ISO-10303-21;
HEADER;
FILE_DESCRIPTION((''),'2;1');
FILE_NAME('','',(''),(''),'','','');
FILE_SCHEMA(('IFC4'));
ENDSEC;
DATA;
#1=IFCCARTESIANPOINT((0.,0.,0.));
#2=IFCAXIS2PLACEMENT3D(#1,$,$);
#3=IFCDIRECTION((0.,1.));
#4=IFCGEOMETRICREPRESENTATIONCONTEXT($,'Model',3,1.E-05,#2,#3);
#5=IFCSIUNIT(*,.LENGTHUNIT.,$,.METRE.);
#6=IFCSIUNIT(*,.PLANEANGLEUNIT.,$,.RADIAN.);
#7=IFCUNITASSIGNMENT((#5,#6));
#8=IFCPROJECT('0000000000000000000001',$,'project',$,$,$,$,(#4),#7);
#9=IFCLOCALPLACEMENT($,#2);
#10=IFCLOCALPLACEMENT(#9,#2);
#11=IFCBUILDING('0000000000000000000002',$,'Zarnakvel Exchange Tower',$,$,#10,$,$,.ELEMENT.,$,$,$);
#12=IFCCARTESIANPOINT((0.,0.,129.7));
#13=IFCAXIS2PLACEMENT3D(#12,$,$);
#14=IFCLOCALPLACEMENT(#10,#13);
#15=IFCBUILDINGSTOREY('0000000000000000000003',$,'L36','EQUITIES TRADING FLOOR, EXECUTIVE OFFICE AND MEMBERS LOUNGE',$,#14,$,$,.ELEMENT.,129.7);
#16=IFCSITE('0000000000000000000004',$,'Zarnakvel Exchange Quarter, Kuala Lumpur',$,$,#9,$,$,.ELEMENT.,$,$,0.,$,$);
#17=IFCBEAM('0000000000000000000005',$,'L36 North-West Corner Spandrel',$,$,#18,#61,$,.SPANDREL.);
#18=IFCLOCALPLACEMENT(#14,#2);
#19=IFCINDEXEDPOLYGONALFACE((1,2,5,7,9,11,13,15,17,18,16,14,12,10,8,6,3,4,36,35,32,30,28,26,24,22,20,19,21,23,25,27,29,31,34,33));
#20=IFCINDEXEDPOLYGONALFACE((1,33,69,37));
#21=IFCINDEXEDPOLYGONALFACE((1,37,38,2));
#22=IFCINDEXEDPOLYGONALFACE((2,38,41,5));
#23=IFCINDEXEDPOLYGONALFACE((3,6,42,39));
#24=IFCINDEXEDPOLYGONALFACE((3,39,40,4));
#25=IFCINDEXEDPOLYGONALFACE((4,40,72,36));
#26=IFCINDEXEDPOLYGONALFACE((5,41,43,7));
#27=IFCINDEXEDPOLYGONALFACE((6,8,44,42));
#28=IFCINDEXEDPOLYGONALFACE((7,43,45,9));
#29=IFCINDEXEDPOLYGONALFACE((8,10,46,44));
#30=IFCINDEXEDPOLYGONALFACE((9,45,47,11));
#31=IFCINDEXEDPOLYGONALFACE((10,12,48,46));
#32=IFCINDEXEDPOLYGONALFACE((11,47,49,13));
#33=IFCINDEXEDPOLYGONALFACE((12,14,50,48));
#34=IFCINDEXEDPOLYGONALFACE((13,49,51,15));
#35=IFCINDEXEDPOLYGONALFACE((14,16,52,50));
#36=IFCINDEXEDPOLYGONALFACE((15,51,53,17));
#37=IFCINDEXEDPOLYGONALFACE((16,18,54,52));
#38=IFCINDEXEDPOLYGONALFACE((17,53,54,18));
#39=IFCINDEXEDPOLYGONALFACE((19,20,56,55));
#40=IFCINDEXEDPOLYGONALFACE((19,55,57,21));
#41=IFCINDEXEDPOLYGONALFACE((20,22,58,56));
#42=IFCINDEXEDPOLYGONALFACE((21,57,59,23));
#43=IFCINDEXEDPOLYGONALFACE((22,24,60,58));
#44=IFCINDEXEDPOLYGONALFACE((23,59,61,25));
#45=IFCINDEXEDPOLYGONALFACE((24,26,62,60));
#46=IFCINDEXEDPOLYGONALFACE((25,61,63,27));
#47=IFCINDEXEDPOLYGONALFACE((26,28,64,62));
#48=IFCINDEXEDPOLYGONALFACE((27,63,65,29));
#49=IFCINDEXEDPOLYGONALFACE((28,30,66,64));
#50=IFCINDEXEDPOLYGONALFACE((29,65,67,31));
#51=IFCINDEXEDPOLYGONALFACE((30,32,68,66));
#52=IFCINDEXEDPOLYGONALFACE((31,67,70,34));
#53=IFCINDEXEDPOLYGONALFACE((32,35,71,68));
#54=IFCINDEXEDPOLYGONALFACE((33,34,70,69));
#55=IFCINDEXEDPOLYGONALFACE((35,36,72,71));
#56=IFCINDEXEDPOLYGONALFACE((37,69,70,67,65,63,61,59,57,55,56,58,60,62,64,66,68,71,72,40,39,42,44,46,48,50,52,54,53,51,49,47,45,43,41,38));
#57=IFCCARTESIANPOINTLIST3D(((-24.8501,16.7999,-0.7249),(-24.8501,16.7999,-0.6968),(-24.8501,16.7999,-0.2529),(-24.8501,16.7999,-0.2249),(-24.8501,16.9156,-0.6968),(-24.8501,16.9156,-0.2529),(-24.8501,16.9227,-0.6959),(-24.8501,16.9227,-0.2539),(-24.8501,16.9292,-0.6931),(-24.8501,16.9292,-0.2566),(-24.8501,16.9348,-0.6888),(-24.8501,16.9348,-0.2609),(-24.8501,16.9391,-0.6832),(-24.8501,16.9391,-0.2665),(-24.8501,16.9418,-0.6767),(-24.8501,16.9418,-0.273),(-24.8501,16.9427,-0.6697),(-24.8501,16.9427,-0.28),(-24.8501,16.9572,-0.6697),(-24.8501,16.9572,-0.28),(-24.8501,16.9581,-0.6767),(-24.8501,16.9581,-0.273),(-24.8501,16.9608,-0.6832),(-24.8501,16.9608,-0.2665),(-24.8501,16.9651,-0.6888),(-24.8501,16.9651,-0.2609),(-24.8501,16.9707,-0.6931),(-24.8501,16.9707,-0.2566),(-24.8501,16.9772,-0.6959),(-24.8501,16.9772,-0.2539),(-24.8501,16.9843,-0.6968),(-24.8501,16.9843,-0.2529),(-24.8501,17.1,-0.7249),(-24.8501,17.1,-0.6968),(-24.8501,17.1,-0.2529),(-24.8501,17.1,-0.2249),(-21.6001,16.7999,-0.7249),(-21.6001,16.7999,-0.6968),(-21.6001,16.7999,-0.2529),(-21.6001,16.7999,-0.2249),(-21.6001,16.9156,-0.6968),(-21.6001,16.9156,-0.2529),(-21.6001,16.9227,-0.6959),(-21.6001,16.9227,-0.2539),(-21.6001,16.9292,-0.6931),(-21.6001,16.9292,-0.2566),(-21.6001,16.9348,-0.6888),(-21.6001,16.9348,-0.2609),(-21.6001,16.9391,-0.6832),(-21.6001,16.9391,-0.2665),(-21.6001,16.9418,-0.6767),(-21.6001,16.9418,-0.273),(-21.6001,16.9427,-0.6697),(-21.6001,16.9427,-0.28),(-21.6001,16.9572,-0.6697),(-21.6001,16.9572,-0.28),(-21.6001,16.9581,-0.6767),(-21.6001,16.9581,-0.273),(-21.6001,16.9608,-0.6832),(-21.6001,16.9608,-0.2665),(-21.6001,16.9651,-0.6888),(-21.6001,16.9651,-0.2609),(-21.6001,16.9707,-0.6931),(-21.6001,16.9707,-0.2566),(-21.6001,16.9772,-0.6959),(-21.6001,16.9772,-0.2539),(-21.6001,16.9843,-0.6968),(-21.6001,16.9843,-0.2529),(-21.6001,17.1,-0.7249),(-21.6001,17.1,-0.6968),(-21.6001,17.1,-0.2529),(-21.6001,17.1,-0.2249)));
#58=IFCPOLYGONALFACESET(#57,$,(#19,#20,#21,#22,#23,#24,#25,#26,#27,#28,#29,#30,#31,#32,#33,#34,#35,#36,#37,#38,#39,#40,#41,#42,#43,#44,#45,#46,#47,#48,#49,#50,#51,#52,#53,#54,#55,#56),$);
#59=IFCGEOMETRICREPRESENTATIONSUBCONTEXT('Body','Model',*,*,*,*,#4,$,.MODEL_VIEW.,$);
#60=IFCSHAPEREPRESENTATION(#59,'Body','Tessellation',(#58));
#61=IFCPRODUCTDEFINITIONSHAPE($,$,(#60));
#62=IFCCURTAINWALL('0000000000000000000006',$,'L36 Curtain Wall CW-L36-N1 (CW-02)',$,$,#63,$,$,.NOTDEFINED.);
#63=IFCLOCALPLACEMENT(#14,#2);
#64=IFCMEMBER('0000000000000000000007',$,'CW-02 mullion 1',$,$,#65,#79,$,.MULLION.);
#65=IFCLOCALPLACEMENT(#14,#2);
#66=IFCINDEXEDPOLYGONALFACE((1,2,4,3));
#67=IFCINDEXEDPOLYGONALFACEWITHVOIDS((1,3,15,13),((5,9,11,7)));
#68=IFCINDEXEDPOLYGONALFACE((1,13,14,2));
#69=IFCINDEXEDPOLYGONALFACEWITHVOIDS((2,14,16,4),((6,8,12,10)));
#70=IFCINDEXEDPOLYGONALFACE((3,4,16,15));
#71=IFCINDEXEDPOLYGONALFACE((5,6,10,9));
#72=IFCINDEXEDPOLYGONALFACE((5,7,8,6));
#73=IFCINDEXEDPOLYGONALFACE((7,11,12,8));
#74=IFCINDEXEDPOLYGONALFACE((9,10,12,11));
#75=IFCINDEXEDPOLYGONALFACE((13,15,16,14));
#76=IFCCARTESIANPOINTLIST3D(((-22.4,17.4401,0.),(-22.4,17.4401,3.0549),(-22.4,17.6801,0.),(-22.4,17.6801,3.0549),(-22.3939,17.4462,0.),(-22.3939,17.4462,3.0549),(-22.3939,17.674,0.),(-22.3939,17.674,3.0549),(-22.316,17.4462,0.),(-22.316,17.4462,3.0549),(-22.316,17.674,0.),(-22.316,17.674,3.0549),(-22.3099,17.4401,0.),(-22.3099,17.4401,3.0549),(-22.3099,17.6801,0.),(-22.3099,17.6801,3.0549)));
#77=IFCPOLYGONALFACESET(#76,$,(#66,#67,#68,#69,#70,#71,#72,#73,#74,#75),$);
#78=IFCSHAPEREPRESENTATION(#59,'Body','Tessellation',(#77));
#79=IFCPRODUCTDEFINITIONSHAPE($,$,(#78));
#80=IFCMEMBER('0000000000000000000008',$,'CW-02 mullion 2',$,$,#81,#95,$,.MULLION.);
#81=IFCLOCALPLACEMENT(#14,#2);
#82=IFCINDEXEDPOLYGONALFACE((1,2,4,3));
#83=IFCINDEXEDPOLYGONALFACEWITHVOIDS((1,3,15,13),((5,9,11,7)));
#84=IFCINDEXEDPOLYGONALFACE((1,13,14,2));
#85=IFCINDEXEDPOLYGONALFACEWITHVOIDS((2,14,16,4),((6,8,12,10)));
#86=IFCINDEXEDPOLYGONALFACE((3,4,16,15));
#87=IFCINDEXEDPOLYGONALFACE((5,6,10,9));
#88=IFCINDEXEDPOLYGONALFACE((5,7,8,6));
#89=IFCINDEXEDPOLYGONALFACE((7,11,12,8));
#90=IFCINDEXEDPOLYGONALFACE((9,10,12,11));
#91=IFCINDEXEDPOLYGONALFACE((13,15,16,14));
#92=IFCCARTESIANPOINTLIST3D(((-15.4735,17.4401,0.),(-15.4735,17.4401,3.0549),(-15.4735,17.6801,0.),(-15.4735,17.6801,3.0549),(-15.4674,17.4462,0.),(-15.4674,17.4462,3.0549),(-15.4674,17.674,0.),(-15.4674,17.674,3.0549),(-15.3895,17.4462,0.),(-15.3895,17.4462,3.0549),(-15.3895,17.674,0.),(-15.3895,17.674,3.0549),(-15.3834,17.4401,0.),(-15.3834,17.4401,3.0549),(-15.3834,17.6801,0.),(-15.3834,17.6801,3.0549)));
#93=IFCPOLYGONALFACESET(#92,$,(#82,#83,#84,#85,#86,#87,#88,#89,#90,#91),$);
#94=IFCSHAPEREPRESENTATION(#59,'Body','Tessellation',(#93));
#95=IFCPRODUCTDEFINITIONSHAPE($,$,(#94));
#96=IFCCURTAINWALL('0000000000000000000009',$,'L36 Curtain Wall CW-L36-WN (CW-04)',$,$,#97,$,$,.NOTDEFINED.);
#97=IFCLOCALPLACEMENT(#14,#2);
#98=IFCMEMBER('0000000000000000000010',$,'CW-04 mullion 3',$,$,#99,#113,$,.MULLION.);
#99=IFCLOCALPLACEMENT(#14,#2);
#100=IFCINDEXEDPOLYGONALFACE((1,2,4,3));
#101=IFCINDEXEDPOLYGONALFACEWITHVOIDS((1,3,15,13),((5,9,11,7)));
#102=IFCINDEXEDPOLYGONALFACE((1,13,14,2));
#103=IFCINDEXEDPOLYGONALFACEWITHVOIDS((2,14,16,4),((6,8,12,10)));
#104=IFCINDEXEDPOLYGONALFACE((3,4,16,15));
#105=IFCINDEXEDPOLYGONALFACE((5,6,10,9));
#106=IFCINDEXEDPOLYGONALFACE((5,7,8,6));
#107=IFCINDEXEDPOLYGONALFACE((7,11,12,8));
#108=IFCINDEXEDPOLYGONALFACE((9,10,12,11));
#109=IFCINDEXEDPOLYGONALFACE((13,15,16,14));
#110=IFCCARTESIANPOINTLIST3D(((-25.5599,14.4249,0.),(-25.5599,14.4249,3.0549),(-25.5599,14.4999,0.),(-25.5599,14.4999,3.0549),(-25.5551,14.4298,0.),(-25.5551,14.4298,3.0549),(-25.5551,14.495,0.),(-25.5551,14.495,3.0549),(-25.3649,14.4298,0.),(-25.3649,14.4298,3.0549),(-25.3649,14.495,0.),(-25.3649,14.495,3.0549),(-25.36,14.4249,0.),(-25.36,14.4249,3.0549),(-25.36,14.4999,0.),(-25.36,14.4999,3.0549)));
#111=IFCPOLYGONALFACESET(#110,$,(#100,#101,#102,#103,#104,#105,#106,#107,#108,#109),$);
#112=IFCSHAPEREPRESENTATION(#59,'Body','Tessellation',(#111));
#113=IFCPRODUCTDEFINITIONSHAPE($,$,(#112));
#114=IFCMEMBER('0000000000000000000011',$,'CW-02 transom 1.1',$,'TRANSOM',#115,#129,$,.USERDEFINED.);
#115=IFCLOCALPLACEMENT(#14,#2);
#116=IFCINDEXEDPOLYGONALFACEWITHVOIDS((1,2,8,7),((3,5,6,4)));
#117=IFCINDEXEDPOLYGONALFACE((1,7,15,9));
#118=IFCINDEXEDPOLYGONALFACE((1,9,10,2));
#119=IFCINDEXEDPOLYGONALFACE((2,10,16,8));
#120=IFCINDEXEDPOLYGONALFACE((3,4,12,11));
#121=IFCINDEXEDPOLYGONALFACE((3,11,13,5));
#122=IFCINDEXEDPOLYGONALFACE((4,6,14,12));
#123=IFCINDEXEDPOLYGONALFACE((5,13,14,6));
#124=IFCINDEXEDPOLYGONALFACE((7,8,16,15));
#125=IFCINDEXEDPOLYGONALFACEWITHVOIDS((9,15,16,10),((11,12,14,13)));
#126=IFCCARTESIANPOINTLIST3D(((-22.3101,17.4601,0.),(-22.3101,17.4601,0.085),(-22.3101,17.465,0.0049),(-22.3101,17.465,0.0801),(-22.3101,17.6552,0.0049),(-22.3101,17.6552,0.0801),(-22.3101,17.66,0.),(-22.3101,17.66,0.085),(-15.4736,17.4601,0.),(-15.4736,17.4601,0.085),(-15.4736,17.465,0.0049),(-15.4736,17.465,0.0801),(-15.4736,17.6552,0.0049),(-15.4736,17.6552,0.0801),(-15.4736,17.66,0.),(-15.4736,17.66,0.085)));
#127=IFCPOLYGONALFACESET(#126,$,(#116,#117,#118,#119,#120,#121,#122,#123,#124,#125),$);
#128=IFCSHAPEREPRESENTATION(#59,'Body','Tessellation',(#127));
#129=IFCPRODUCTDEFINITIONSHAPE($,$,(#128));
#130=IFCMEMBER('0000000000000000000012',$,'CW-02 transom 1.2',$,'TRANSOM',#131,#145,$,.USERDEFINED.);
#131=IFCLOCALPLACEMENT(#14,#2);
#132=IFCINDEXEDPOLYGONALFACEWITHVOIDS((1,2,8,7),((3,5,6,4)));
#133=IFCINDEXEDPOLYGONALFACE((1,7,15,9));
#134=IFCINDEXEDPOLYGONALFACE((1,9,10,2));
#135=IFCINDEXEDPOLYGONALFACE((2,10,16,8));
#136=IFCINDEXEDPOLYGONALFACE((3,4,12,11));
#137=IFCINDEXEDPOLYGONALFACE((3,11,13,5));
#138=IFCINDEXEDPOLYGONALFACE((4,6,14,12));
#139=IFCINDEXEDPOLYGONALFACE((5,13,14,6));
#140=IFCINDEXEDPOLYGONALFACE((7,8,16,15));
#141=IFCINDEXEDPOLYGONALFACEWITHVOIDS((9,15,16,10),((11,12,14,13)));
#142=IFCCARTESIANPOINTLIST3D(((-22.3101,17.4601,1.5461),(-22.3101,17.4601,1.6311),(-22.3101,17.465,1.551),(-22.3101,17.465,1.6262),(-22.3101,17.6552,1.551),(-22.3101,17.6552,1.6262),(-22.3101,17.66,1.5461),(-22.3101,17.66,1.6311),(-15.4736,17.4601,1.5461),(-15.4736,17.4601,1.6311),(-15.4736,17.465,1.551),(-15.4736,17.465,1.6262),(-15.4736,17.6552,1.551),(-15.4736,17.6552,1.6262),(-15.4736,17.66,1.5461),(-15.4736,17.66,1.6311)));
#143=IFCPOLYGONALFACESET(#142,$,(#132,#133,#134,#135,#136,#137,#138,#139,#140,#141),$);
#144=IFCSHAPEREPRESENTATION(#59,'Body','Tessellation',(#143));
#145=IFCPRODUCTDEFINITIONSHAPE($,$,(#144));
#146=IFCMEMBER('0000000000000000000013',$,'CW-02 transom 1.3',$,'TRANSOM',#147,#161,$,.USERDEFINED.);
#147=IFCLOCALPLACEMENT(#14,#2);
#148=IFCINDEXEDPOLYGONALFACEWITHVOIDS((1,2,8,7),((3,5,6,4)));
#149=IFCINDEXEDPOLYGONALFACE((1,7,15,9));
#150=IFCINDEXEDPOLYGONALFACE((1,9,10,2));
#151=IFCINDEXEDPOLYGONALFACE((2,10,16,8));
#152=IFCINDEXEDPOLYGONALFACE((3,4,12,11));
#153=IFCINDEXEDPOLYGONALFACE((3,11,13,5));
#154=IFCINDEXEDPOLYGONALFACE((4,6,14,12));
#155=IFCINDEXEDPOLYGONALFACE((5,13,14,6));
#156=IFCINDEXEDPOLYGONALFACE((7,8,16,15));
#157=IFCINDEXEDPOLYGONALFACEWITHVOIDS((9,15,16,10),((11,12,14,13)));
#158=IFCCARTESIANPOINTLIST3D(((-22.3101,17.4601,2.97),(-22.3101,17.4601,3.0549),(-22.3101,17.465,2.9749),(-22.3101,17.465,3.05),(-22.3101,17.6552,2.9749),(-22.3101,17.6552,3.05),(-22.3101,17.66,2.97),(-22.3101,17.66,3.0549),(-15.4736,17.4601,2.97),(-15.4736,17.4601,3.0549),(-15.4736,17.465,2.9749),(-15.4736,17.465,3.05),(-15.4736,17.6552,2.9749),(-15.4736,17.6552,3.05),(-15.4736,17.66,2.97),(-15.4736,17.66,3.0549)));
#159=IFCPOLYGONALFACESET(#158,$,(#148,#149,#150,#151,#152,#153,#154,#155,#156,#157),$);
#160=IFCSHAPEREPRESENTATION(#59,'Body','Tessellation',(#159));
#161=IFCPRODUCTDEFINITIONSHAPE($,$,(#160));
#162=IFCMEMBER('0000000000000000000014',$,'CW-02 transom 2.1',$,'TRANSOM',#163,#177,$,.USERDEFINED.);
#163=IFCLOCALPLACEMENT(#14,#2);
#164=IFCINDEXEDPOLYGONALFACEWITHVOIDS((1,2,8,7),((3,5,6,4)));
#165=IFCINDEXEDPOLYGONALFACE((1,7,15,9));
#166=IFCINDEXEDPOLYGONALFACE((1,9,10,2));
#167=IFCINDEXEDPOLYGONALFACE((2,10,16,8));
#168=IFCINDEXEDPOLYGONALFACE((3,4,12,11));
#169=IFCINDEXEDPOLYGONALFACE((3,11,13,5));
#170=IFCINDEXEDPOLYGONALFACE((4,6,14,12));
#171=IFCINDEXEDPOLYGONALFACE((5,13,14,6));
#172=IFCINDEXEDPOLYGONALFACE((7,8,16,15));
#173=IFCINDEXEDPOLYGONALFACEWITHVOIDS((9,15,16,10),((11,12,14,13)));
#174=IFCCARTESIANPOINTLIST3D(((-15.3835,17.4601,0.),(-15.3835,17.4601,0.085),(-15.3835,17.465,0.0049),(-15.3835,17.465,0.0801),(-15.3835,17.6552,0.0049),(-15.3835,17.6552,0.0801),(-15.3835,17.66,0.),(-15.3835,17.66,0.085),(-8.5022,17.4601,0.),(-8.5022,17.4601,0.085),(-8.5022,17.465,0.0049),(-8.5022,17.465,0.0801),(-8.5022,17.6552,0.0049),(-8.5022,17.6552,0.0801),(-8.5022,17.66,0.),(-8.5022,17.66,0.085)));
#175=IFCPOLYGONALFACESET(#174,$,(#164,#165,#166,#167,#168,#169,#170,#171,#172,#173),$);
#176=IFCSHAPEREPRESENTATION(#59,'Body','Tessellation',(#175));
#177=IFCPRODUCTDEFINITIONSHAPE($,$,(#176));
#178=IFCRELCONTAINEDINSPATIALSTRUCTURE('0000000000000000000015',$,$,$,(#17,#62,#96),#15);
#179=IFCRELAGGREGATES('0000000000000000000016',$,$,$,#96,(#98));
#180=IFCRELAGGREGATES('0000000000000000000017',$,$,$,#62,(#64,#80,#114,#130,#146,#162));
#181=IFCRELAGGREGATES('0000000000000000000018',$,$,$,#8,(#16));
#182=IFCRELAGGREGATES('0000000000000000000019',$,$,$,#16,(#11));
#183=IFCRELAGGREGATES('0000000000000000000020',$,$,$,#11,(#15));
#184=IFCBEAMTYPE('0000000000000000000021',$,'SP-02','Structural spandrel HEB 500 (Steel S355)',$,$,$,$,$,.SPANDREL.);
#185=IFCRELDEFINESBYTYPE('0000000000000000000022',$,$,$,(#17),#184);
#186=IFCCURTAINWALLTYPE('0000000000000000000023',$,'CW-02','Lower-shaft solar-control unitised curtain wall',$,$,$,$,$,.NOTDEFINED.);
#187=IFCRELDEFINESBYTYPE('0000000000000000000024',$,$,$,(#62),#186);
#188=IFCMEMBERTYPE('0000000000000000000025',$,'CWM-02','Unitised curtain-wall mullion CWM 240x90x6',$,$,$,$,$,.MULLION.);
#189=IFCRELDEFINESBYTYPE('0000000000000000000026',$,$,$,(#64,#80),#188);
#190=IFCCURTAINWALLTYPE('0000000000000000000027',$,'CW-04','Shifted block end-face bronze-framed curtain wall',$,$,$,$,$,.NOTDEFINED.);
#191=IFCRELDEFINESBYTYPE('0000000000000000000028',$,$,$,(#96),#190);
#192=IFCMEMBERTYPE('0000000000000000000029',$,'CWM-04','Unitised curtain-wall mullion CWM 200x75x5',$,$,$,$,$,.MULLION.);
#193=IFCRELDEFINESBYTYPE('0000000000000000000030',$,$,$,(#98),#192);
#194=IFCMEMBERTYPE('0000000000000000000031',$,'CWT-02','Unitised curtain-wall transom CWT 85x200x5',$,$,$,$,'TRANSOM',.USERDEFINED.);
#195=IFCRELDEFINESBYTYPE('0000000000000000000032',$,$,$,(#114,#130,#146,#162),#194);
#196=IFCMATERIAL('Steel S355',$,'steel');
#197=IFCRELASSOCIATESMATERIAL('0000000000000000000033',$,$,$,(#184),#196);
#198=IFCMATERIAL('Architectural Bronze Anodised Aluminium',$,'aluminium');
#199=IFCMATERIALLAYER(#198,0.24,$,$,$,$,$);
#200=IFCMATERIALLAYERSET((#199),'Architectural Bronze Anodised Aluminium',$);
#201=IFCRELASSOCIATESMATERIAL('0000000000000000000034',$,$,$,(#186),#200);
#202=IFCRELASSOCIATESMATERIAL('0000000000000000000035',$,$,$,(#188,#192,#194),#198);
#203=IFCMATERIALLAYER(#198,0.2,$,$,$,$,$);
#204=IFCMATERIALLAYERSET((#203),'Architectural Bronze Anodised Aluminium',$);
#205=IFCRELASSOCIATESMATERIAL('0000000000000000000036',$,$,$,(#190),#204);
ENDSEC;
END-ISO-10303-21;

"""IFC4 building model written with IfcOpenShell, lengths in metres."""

from ifc_helpers import new_model, si_unit, direction, frame, origin, origin_2d, place, context, subcontext, project, spatial, hollow_rectangle, i_section, extrude, source, transform, mapped, material, layer, layer_set, material_profile, profile_set, type_object, element, aggregate, save


model = new_model("IFC4")

# Units and contexts
model_context = context("Model", 3, precision=1e-05, world=origin(), true_north=direction((0.0, 1.0)))
body_context = subcontext(model_context, "Body", "Model", "MODEL_VIEW")
ifc_project = project(units=[si_unit("LENGTHUNIT", "METRE"), si_unit("PLANEANGLEUNIT", "RADIAN")], contexts=[model_context])

# Site, building, storey
site_placement = place(None, origin())
site = spatial("IfcSite", under=ifc_project, at=site_placement, Name="Zarnakvel Exchange Quarter, Kuala Lumpur", CompositionType="ELEMENT", RefElevation=0.0)
building_placement = place(site_placement, origin())
building = spatial("IfcBuilding", under=site, at=building_placement, Name="Zarnakvel Exchange Tower", CompositionType="ELEMENT")
storey_placement = place(building_placement, frame((0.0, 0.0, 129.7)))
storey = spatial("IfcBuildingStorey", under=building, at=storey_placement, Name="L36", Description="EQUITIES TRADING FLOOR, EXECUTIVE OFFICE AND MEMBERS LOUNGE", CompositionType="ELEMENT", Elevation=129.7)

# Beam
ifc_material_1 = material(Name="Steel S355", Category="steel")
ifc_material_profile_1 = material_profile(ifc_material_1, i_section(OverallWidth=0.3, OverallDepth=0.5, WebThickness=0.0144, FlangeThickness=0.0281, FilletRadius=0.0271, at=origin_2d()))
ifc_profile_set_1 = profile_set([ifc_material_profile_1], Name="Steel S355")
beam_type_1 = type_object("IfcBeamType", Name="SP-02", Description="Structural spandrel HEB 500 (Steel S355)", PredefinedType="SPANDREL", material=ifc_profile_set_1)
beam_1_placement = place(storey_placement, frame((-24.8501, 16.95, -0.4749), z_axis=(1.0, 0.0, 0.0), x_axis=(0.0, 1.0, 0.0)))
element("IfcBeam", 1, at=beam_1_placement, inside=storey, type_object=beam_type_1, Name="L36 North-West Corner Spandrel", PredefinedType="SPANDREL", context=body_context, shape_type="SweptSolid", body=[
    extrude(i_section(OverallWidth=0.3, OverallDepth=0.5, WebThickness=0.0144, FlangeThickness=0.0281, FilletRadius=0.0271, at=origin_2d()), origin(), (0.0, 0.0, 1.0), 3.25),
])

# Curtain wall, members
ifc_material_2 = material(Name="Architectural Bronze Anodised Aluminium", Category="aluminium")
ifc_layer_1 = layer(ifc_material_2, 0.24)
ifc_layer_set_1 = layer_set([ifc_layer_1], Name="Architectural Bronze Anodised Aluminium")
curtain_wall_type_1 = type_object("IfcCurtainWallType", Name="CW-02", Description="Lower-shaft solar-control unitised curtain wall", PredefinedType="NOTDEFINED", material=ifc_layer_set_1)
curtain_wall_1_placement = place(storey_placement, origin())
curtain_wall_1 = element("IfcCurtainWall", 2, at=curtain_wall_1_placement, inside=storey, type_object=curtain_wall_type_1, Name="L36 Curtain Wall CW-L36-N1 (CW-02)", PredefinedType="NOTDEFINED")
ifc_material_profile_2 = material_profile(ifc_material_2, hollow_rectangle(XDim=0.24, YDim=0.0901, WallThickness=0.0061, at=origin_2d()))
ifc_profile_set_2 = profile_set([ifc_material_profile_2], Name="Architectural Bronze Anodised Aluminium")
member_type_1 = type_object("IfcMemberType", Name="CWM-02", Description="Unitised curtain-wall mullion CWM 240x90x6", PredefinedType="MULLION", material=ifc_profile_set_2)
shared_shape_1 = source(origin(), body_context, "Body", "SweptSolid", [
    extrude(hollow_rectangle(XDim=0.24, YDim=0.0901, WallThickness=0.0061, at=origin_2d()), origin(), (0.0, 0.0, 1.0), 3.0549),
])
member_1_placement = place(storey_placement, frame((-22.355, 17.5601, 0.0), z_axis=(0.0, 0.0, 1.0), x_axis=(0.0, 1.0, 0.0)))
member_1 = element("IfcMember", 3, at=member_1_placement, type_object=member_type_1, Name="CW-02 mullion 1", PredefinedType="MULLION", context=body_context, shape_type="MappedRepresentation", body=[
    mapped(shared_shape_1, transform((0.0, 0.0, 0.0), x_axis=(1.0, 0.0, 0.0), y_axis=(0.0, 1.0, 0.0), z_axis=(0.0, 0.0, 1.0), scale=1.0)),
])
member_2_placement = place(storey_placement, frame((-15.4285, 17.5601, 0.0), z_axis=(0.0, 0.0, 1.0), x_axis=(0.0, 1.0, 0.0)))
member_2 = element("IfcMember", 4, at=member_2_placement, type_object=member_type_1, Name="CW-02 mullion 2", PredefinedType="MULLION", context=body_context, shape_type="MappedRepresentation", body=[
    mapped(shared_shape_1, transform((0.0, 0.0, 0.0), x_axis=(1.0, 0.0, 0.0), y_axis=(0.0, 1.0, 0.0), z_axis=(0.0, 0.0, 1.0), scale=1.0)),
])

# Curtain wall, member
ifc_layer_2 = layer(ifc_material_2, 0.2)
ifc_layer_set_2 = layer_set([ifc_layer_2], Name="Architectural Bronze Anodised Aluminium")
curtain_wall_type_2 = type_object("IfcCurtainWallType", Name="CW-04", Description="Shifted block end-face bronze-framed curtain wall", PredefinedType="NOTDEFINED", material=ifc_layer_set_2)
curtain_wall_2_placement = place(storey_placement, origin())
curtain_wall_2 = element("IfcCurtainWall", 5, at=curtain_wall_2_placement, inside=storey, type_object=curtain_wall_type_2, Name="L36 Curtain Wall CW-L36-WN (CW-04)", PredefinedType="NOTDEFINED")
ifc_material_profile_3 = material_profile(ifc_material_2, hollow_rectangle(XDim=0.2, YDim=0.075, WallThickness=0.0049, at=origin_2d()))
ifc_profile_set_3 = profile_set([ifc_material_profile_3], Name="Architectural Bronze Anodised Aluminium")
member_type_2 = type_object("IfcMemberType", Name="CWM-04", Description="Unitised curtain-wall mullion CWM 200x75x5", PredefinedType="MULLION", material=ifc_profile_set_3)
shared_shape_2 = source(origin(), body_context, "Body", "SweptSolid", [
    extrude(hollow_rectangle(XDim=0.2, YDim=0.075, WallThickness=0.0049, at=origin_2d()), origin(), (0.0, 0.0, 1.0), 3.0549),
])
member_3_placement = place(storey_placement, frame((-25.46, 14.4624, 0.0), z_axis=(0.0, 0.0, 1.0), x_axis=(-1.0, 0.0, 0.0)))
member_3 = element("IfcMember", 6, at=member_3_placement, type_object=member_type_2, Name="CW-04 mullion 3", PredefinedType="MULLION", context=body_context, shape_type="MappedRepresentation", body=[
    mapped(shared_shape_2, transform((0.0, 0.0, 0.0), x_axis=(1.0, 0.0, 0.0), y_axis=(0.0, 1.0, 0.0), z_axis=(0.0, 0.0, 1.0), scale=1.0)),
])
aggregate(curtain_wall_2, [member_3])

# Members
ifc_material_profile_4 = material_profile(ifc_material_2, hollow_rectangle(XDim=0.2, YDim=0.085, WallThickness=0.0049, at=origin_2d()))
ifc_profile_set_4 = profile_set([ifc_material_profile_4], Name="Architectural Bronze Anodised Aluminium")
member_type_3 = type_object("IfcMemberType", Name="CWT-02", Description="Unitised curtain-wall transom CWT 85x200x5", ElementType="TRANSOM", PredefinedType="USERDEFINED", material=ifc_profile_set_4)
shared_shape_3 = source(origin(), body_context, "Body", "SweptSolid", [
    extrude(hollow_rectangle(XDim=0.2, YDim=0.085, WallThickness=0.0049, at=origin_2d()), origin(), (0.0, 0.0, 1.0), 6.8364),
])
member_4_placement = place(storey_placement, frame((-22.3101, 17.5601, 0.0425), z_axis=(1.0, 0.0, 0.0), x_axis=(0.0, 1.0, 0.0)))
member_4 = element("IfcMember", 7, at=member_4_placement, type_object=member_type_3, Name="CW-02 transom 1.1", ObjectType="TRANSOM", PredefinedType="USERDEFINED", context=body_context, shape_type="MappedRepresentation", body=[
    mapped(shared_shape_3, transform((0.0, 0.0, 0.0), x_axis=(1.0, 0.0, 0.0), y_axis=(0.0, 1.0, 0.0), z_axis=(0.0, 0.0, 1.0), scale=1.0)),
])
member_5_placement = place(storey_placement, frame((-22.3101, 17.5601, 1.5886), z_axis=(1.0, 0.0, 0.0), x_axis=(0.0, 1.0, 0.0)))
member_5 = element("IfcMember", 8, at=member_5_placement, type_object=member_type_3, Name="CW-02 transom 1.2", ObjectType="TRANSOM", PredefinedType="USERDEFINED", context=body_context, shape_type="MappedRepresentation", body=[
    mapped(shared_shape_3, transform((0.0, 0.0, 0.0), x_axis=(1.0, 0.0, 0.0), y_axis=(0.0, 1.0, 0.0), z_axis=(0.0, 0.0, 1.0), scale=1.0)),
])
member_6_placement = place(storey_placement, frame((-22.3101, 17.5601, 3.0125), z_axis=(1.0, 0.0, 0.0), x_axis=(0.0, 1.0, 0.0)))
member_6 = element("IfcMember", 9, at=member_6_placement, type_object=member_type_3, Name="CW-02 transom 1.3", ObjectType="TRANSOM", PredefinedType="USERDEFINED", context=body_context, shape_type="MappedRepresentation", body=[
    mapped(shared_shape_3, transform((0.0, 0.0, 0.0), x_axis=(1.0, 0.0, 0.0), y_axis=(0.0, 1.0, 0.0), z_axis=(0.0, 0.0, 1.0), scale=1.0)),
])
shared_shape_4 = source(origin(), body_context, "Body", "SweptSolid", [
    extrude(hollow_rectangle(XDim=0.2, YDim=0.085, WallThickness=0.0049, at=origin_2d()), origin(), (0.0, 0.0, 1.0), 6.8813),
])
member_7_placement = place(storey_placement, frame((-15.3835, 17.5601, 0.0425), z_axis=(1.0, 0.0, 0.0), x_axis=(0.0, 1.0, 0.0)))
member_7 = element("IfcMember", 10, at=member_7_placement, type_object=member_type_3, Name="CW-02 transom 2.1", ObjectType="TRANSOM", PredefinedType="USERDEFINED", context=body_context, shape_type="MappedRepresentation", body=[
    mapped(shared_shape_4, transform((0.0, 0.0, 0.0), x_axis=(1.0, 0.0, 0.0), y_axis=(0.0, 1.0, 0.0), z_axis=(0.0, 0.0, 1.0), scale=1.0)),
])

aggregate(curtain_wall_1, [member_1, member_2, member_4, member_5, member_6, member_7])

save(model, "model.ifc")
